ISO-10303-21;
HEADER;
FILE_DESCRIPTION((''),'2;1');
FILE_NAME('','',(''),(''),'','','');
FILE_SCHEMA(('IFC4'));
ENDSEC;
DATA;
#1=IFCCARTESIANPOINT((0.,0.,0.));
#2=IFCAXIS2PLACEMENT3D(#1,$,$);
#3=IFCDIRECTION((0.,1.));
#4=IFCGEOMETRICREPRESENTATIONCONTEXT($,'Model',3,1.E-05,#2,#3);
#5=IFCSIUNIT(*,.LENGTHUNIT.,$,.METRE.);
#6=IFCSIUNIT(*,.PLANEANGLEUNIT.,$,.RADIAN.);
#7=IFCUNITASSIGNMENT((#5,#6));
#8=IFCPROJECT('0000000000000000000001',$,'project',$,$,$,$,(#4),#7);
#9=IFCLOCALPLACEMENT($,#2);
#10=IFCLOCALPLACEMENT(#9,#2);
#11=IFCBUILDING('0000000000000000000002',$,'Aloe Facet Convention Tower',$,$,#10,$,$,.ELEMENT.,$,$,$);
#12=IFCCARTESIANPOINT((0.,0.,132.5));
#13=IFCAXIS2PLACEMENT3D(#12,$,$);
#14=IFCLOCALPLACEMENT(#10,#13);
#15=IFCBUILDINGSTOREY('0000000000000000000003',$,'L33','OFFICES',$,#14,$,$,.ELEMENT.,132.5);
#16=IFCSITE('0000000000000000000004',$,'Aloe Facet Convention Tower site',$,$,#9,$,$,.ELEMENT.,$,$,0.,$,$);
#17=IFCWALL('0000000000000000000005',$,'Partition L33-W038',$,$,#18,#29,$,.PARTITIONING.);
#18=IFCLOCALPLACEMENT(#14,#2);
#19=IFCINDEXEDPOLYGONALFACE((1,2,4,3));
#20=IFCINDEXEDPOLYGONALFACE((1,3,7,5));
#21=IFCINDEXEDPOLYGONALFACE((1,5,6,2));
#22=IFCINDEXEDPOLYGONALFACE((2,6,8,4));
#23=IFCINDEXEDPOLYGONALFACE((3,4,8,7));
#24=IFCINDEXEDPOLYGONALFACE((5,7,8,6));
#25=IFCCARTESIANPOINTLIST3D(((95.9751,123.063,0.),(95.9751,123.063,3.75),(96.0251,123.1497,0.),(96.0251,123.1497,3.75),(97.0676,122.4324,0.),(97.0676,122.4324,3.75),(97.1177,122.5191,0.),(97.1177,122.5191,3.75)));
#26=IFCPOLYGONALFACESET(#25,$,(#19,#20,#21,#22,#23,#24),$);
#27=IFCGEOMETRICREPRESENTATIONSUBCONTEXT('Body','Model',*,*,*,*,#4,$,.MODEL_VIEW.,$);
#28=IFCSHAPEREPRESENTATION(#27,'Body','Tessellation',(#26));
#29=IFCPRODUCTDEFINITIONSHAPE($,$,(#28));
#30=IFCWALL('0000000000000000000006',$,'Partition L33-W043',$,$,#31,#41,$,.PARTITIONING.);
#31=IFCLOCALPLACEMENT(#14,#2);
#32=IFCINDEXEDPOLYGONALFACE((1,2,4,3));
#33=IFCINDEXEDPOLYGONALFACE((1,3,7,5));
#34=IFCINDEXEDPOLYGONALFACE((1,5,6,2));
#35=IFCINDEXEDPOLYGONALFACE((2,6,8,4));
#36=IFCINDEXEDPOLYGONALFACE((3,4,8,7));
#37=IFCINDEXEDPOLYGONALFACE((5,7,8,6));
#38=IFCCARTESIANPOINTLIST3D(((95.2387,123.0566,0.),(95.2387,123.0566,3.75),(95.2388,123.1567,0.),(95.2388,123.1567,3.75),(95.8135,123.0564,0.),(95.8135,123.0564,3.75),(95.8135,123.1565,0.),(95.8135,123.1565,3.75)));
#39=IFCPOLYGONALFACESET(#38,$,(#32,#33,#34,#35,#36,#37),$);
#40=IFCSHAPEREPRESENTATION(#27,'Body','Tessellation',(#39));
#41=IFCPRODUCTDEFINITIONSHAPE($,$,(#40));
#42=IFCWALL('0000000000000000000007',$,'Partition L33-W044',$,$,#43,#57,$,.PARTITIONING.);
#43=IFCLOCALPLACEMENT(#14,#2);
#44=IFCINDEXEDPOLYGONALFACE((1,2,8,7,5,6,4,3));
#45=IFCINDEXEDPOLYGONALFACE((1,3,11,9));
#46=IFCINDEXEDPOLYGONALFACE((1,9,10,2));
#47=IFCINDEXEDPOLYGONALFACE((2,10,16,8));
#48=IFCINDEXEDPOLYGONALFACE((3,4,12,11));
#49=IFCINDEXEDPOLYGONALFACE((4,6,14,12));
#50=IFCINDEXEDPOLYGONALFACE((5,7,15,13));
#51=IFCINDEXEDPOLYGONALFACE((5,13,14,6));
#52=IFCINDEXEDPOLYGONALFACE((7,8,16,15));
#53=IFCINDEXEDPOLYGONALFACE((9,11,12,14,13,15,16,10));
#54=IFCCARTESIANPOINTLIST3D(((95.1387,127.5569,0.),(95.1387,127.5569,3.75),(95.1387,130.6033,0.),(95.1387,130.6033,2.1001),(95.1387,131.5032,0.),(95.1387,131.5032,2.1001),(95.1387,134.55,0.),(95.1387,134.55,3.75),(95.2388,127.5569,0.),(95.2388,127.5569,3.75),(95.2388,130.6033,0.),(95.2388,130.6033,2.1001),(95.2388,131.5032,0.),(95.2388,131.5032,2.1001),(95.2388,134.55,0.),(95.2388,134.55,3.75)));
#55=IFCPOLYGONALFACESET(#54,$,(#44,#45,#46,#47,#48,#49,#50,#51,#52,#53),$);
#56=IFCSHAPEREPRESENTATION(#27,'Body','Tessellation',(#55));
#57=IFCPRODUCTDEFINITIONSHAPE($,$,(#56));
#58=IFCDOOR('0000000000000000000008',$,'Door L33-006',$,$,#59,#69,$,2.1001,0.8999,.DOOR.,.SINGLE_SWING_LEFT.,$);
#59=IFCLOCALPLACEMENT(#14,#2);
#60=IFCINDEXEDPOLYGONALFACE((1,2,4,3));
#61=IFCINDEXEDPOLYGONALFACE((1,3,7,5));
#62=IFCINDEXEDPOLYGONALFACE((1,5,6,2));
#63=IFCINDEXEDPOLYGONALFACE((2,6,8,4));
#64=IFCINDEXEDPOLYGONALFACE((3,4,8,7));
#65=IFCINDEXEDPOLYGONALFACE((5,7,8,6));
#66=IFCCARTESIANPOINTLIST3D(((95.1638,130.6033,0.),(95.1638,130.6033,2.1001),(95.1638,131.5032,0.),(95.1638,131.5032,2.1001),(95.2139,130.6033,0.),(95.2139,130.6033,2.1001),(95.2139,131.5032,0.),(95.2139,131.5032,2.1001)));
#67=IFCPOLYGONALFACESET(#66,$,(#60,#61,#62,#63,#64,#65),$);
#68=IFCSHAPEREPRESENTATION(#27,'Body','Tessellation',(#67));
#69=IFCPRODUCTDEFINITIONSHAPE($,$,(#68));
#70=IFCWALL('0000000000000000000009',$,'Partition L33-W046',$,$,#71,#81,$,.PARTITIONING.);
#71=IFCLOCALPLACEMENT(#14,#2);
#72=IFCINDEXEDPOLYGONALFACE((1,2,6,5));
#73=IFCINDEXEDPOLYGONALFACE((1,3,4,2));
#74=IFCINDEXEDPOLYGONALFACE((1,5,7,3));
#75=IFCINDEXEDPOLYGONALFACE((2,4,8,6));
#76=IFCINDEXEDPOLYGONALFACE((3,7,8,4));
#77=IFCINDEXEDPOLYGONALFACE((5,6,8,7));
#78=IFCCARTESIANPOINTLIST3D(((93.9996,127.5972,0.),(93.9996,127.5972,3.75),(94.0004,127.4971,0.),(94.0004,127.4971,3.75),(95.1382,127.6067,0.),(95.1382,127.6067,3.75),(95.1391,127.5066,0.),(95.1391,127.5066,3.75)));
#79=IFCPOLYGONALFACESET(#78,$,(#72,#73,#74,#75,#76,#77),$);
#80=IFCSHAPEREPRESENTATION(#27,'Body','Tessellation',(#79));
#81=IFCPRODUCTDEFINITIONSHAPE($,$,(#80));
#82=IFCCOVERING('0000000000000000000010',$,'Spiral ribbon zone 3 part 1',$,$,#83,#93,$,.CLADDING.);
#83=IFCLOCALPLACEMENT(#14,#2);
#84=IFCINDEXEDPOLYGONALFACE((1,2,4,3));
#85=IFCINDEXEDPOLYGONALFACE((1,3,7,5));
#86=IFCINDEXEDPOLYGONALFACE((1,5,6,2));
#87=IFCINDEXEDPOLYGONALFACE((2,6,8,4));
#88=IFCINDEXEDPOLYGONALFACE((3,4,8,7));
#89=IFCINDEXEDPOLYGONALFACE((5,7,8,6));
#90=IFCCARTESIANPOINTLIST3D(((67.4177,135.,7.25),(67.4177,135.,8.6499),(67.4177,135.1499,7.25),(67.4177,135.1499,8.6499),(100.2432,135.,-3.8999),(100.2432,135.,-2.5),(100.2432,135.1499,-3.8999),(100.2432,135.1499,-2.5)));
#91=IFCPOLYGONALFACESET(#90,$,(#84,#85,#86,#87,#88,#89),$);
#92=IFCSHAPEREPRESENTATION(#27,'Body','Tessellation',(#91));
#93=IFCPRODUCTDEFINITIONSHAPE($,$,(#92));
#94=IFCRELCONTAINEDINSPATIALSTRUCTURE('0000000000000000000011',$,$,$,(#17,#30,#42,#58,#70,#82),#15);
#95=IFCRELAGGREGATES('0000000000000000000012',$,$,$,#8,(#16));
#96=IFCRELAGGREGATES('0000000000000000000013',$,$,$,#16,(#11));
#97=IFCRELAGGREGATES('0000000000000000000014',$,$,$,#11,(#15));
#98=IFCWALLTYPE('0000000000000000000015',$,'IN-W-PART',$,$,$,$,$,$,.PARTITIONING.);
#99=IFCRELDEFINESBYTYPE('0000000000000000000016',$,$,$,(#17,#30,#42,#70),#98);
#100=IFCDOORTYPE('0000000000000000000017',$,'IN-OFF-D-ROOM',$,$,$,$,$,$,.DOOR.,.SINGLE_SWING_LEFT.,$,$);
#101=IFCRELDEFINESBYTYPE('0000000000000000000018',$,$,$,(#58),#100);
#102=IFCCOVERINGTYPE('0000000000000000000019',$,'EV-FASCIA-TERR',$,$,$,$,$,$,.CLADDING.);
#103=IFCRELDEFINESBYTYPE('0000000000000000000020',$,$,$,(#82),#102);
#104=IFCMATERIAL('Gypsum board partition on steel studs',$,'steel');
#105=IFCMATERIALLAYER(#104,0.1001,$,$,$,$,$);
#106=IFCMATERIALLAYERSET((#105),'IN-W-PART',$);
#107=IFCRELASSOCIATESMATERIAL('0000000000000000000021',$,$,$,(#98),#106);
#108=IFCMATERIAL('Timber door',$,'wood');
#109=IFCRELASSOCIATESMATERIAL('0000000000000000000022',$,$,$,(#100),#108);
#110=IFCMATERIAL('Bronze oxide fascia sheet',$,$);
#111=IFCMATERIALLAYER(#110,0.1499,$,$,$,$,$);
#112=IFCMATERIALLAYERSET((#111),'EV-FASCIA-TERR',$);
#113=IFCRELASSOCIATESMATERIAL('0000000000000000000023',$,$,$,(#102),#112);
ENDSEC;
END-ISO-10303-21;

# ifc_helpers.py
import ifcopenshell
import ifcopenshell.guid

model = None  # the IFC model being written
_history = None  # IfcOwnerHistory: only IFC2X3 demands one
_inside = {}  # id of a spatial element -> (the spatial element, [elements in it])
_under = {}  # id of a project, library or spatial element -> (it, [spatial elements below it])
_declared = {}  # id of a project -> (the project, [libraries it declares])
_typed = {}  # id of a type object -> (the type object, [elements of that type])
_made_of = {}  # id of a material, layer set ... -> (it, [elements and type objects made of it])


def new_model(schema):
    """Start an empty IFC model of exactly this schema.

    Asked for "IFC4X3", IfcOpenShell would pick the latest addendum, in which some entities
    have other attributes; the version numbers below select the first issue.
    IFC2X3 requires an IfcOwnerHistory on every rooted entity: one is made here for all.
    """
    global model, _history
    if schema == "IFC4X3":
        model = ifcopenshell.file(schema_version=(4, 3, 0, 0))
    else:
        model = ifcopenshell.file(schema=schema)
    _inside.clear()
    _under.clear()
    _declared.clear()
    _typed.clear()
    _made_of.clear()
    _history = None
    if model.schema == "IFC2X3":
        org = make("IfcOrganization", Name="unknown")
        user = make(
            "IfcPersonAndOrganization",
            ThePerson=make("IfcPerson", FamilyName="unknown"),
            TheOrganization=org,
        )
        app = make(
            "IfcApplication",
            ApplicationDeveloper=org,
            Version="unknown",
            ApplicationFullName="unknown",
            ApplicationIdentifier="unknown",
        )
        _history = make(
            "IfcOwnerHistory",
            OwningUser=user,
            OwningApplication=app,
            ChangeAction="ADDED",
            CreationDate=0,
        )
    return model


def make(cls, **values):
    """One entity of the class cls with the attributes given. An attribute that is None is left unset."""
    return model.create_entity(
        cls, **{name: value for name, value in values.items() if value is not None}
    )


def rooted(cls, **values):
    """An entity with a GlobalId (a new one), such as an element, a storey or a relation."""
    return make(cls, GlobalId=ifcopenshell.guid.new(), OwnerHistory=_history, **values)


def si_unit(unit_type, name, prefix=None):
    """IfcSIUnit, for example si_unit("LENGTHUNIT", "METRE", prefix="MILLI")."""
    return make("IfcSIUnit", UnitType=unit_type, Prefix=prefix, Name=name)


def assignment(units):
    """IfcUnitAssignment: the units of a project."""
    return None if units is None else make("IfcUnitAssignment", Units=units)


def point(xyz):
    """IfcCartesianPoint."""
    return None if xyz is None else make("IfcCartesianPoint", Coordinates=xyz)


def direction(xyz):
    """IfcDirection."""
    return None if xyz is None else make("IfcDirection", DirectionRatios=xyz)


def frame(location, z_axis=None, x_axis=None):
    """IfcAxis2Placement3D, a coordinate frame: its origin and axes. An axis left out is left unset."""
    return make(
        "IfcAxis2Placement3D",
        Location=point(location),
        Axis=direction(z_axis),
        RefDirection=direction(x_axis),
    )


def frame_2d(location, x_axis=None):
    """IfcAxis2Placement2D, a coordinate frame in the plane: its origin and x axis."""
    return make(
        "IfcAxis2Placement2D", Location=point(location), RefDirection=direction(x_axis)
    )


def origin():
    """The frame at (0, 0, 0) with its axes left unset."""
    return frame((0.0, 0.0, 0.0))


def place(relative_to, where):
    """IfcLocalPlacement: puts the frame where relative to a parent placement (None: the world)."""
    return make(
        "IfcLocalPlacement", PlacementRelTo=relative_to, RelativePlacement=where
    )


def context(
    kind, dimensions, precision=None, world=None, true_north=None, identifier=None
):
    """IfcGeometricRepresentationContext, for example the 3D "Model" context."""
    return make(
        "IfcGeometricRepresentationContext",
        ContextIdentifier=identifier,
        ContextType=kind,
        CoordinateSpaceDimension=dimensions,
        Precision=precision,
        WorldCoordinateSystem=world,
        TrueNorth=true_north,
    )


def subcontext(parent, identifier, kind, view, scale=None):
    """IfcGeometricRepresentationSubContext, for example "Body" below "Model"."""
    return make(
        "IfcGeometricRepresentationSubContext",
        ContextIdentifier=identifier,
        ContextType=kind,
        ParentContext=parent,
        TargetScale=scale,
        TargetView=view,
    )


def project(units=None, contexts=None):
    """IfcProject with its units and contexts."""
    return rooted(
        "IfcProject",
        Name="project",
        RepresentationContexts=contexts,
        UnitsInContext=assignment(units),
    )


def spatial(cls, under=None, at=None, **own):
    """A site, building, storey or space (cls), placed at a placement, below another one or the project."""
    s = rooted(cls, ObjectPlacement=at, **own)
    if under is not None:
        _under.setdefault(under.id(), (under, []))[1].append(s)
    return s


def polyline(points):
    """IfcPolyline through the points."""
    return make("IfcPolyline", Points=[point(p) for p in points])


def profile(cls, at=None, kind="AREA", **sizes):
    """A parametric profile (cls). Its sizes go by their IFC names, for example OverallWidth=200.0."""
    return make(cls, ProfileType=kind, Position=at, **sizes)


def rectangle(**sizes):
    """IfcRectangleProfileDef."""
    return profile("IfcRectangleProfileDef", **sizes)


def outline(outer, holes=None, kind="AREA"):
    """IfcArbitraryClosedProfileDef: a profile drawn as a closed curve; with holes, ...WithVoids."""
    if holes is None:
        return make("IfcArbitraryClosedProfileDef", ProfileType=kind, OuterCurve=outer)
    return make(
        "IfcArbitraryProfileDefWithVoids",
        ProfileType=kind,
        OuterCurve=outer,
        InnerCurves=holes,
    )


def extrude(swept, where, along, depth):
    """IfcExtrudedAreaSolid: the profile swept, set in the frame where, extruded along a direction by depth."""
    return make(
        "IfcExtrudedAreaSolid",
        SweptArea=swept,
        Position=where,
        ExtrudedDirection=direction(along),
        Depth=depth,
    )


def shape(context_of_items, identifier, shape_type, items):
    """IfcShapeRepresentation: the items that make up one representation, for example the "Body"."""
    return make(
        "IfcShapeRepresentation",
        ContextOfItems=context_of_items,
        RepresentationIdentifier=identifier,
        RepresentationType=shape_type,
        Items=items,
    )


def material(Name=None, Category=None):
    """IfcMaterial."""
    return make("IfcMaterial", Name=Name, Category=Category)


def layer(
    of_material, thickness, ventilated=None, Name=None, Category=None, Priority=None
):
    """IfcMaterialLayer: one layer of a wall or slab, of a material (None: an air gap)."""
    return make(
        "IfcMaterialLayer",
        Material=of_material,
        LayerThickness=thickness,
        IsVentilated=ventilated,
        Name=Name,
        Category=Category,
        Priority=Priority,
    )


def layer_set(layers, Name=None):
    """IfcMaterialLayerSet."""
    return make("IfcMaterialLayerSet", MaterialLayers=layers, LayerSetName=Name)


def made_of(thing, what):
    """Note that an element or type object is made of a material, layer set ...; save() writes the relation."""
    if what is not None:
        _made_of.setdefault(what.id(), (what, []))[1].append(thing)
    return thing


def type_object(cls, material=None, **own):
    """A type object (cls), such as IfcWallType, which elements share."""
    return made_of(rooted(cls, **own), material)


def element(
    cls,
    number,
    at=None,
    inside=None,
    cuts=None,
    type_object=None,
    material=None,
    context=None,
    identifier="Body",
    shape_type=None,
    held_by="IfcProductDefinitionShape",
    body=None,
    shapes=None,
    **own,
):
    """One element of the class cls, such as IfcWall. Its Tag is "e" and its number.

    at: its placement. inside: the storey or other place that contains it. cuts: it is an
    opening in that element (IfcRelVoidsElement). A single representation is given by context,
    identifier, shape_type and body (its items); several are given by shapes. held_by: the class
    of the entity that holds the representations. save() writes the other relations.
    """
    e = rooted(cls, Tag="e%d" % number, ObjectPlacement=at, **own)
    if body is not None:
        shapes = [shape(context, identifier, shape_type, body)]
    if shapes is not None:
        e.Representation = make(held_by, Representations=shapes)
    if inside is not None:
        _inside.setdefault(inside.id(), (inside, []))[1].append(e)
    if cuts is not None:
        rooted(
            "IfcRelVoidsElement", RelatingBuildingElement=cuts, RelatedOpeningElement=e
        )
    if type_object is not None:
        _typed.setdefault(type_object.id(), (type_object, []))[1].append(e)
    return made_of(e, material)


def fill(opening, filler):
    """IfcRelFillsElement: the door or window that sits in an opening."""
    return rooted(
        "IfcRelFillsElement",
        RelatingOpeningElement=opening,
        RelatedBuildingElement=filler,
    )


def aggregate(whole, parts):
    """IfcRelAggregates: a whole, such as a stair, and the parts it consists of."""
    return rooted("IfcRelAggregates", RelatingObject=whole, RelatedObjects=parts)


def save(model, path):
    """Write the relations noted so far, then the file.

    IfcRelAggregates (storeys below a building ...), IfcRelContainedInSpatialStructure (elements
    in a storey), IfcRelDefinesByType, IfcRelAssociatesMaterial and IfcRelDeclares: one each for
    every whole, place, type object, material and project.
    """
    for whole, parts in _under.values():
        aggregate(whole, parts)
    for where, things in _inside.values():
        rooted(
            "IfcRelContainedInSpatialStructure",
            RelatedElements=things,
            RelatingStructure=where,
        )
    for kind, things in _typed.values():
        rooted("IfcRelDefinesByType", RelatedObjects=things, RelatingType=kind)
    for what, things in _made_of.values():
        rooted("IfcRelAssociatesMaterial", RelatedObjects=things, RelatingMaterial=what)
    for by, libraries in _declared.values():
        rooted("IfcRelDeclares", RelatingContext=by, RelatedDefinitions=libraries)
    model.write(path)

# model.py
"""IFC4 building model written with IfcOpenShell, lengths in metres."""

from ifc_helpers import new_model, si_unit, direction, frame, frame_2d, origin, place, context, subcontext, project, spatial, polyline, rectangle, outline, extrude, material, layer, layer_set, type_object, element, fill, save


model = new_model("IFC4")

# Units and contexts
model_context = context("Model", 3, precision=1e-05, world=origin(), true_north=direction((0.0, 1.0)))
body_context = subcontext(model_context, "Body", "Model", "MODEL_VIEW")
ifc_project = project(units=[si_unit("LENGTHUNIT", "METRE"), si_unit("PLANEANGLEUNIT", "RADIAN")], contexts=[model_context])

# Site, building, storey
site_placement = place(None, origin())
site = spatial("IfcSite", under=ifc_project, at=site_placement, Name="Aloe Facet Convention Tower site", CompositionType="ELEMENT", RefElevation=0.0)
building_placement = place(site_placement, origin())
building = spatial("IfcBuilding", under=site, at=building_placement, Name="Aloe Facet Convention Tower", CompositionType="ELEMENT")
storey_placement = place(building_placement, frame((0.0, 0.0, 132.5)))
storey = spatial("IfcBuildingStorey", under=building, at=storey_placement, Name="L33", Description="OFFICES", CompositionType="ELEMENT", Elevation=132.5)

# Walls
ifc_material_1 = material(Name="Gypsum board partition on steel studs", Category="steel")
ifc_layer_1 = layer(ifc_material_1, 0.1001)
ifc_layer_set_1 = layer_set([ifc_layer_1], Name="IN-W-PART")
wall_type_1 = type_object("IfcWallType", Name="IN-W-PART", PredefinedType="PARTITIONING", material=ifc_layer_set_1)
wall_1_placement = place(storey_placement, frame((96.0, 123.1064, 0.0), z_axis=(0.0, 0.0, 1.0), x_axis=(0.866079, -0.499907, 0.0)))
element("IfcWall", 1, at=wall_1_placement, inside=storey, type_object=wall_type_1, Name="Partition L33-W038", PredefinedType="PARTITIONING", context=body_context, shape_type="SweptSolid", body=[
    extrude(rectangle(XDim=1.2615, YDim=0.1001, at=frame_2d((0.6309, 0.0))), origin(), (0.0, 0.0, 1.0), 3.75),
])
wall_2_placement = place(storey_placement, frame((95.2388, 123.1067, 0.0), z_axis=(0.0, 0.0, 1.0), x_axis=(1.0, -0.000425, 0.0)))
element("IfcWall", 2, at=wall_2_placement, inside=storey, type_object=wall_type_1, Name="Partition L33-W043", PredefinedType="PARTITIONING", context=body_context, shape_type="SweptSolid", body=[
    extrude(rectangle(XDim=0.5747, YDim=0.1001, at=frame_2d((0.2874, 0.0))), origin(), (0.0, 0.0, 1.0), 3.75),
])

# Wall, opening, door
wall_3_placement = place(storey_placement, frame((95.1887, 127.5569, 0.0), z_axis=(0.0, 0.0, 1.0), x_axis=(0.0, 1.0, 0.0)))
wall_3 = element("IfcWall", 3, at=wall_3_placement, inside=storey, type_object=wall_type_1, Name="Partition L33-W044", PredefinedType="PARTITIONING", context=body_context, shape_type="SweptSolid", body=[
    extrude(rectangle(XDim=6.9932, YDim=0.1001, at=frame_2d((3.4966, 0.0))), origin(), (0.0, 0.0, 1.0), 3.75),
])
opening_1_placement = place(wall_3_placement, frame((3.0464, 0.0, 0.0)))
opening_1 = element("IfcOpeningElement", 4, at=opening_1_placement, cuts=wall_3, PredefinedType="OPENING", context=body_context, shape_type="SweptSolid", body=[
    extrude(rectangle(XDim=0.8999, YDim=2.1001, at=frame_2d((0.45, 1.05))), frame((0.0, 0.0601, 0.0), z_axis=(0.0, -1.0, 0.0), x_axis=(1.0, 0.0, 0.0)), (0.0, 0.0, 1.0), 0.1201),
])
ifc_material_2 = material(Name="Timber door", Category="wood")
door_type = type_object("IfcDoorType", Name="IN-OFF-D-ROOM", OperationType="SINGLE_SWING_LEFT", PredefinedType="DOOR", material=ifc_material_2)
door_placement = place(opening_1_placement, origin())
door = element("IfcDoor", 5, at=door_placement, inside=storey, type_object=door_type, Name="Door L33-006", OperationType="SINGLE_SWING_LEFT", OverallHeight=2.1001, OverallWidth=0.8999, PredefinedType="DOOR", context=body_context, shape_type="SweptSolid", body=[
    extrude(rectangle(XDim=0.8999, YDim=2.1001, at=frame_2d((0.45, 1.05))), frame((0.0, 0.0249, 0.0), z_axis=(0.0, -1.0, 0.0), x_axis=(1.0, 0.0, 0.0)), (0.0, 0.0, 1.0), 0.05),
])
fill(opening_1, door)

# Wall
wall_4_placement = place(storey_placement, frame((94.0, 127.5471, 0.0), z_axis=(0.0, 0.0, 1.0), x_axis=(0.999965, 0.008362, 0.0)))
element("IfcWall", 6, at=wall_4_placement, inside=storey, type_object=wall_type_1, Name="Partition L33-W046", PredefinedType="PARTITIONING", context=body_context, shape_type="SweptSolid", body=[
    extrude(rectangle(XDim=1.1387, YDim=0.1001, at=frame_2d((0.5693, 0.0))), origin(), (0.0, 0.0, 1.0), 3.75),
])

# Covering
ifc_material_3 = material(Name="Bronze oxide fascia sheet")
ifc_layer_2 = layer(ifc_material_3, 0.1499)
ifc_layer_set_2 = layer_set([ifc_layer_2], Name="EV-FASCIA-TERR")
covering_type = type_object("IfcCoveringType", Name="EV-FASCIA-TERR", PredefinedType="CLADDING", material=ifc_layer_set_2)
covering_placement = place(storey_placement, frame((100.2432, 135.1499, -3.8999), z_axis=(0.0, 1.0, 0.0), x_axis=(-0.946867, 0.0, 0.321625)))
element("IfcCovering", 7, at=covering_placement, inside=storey, type_object=covering_type, Name="Spiral ribbon zone 3 part 1", PredefinedType="CLADDING", context=body_context, shape_type="SweptSolid", body=[
    extrude(outline(polyline([(0.0, 0.0), (34.6674, 0.0), (35.1177, 1.3255), (0.4502, 1.3255), (0.0, 0.0)])), origin(), (0.0, 0.0, -1.0), 0.1499),
])

save(model, "model.ifc")
